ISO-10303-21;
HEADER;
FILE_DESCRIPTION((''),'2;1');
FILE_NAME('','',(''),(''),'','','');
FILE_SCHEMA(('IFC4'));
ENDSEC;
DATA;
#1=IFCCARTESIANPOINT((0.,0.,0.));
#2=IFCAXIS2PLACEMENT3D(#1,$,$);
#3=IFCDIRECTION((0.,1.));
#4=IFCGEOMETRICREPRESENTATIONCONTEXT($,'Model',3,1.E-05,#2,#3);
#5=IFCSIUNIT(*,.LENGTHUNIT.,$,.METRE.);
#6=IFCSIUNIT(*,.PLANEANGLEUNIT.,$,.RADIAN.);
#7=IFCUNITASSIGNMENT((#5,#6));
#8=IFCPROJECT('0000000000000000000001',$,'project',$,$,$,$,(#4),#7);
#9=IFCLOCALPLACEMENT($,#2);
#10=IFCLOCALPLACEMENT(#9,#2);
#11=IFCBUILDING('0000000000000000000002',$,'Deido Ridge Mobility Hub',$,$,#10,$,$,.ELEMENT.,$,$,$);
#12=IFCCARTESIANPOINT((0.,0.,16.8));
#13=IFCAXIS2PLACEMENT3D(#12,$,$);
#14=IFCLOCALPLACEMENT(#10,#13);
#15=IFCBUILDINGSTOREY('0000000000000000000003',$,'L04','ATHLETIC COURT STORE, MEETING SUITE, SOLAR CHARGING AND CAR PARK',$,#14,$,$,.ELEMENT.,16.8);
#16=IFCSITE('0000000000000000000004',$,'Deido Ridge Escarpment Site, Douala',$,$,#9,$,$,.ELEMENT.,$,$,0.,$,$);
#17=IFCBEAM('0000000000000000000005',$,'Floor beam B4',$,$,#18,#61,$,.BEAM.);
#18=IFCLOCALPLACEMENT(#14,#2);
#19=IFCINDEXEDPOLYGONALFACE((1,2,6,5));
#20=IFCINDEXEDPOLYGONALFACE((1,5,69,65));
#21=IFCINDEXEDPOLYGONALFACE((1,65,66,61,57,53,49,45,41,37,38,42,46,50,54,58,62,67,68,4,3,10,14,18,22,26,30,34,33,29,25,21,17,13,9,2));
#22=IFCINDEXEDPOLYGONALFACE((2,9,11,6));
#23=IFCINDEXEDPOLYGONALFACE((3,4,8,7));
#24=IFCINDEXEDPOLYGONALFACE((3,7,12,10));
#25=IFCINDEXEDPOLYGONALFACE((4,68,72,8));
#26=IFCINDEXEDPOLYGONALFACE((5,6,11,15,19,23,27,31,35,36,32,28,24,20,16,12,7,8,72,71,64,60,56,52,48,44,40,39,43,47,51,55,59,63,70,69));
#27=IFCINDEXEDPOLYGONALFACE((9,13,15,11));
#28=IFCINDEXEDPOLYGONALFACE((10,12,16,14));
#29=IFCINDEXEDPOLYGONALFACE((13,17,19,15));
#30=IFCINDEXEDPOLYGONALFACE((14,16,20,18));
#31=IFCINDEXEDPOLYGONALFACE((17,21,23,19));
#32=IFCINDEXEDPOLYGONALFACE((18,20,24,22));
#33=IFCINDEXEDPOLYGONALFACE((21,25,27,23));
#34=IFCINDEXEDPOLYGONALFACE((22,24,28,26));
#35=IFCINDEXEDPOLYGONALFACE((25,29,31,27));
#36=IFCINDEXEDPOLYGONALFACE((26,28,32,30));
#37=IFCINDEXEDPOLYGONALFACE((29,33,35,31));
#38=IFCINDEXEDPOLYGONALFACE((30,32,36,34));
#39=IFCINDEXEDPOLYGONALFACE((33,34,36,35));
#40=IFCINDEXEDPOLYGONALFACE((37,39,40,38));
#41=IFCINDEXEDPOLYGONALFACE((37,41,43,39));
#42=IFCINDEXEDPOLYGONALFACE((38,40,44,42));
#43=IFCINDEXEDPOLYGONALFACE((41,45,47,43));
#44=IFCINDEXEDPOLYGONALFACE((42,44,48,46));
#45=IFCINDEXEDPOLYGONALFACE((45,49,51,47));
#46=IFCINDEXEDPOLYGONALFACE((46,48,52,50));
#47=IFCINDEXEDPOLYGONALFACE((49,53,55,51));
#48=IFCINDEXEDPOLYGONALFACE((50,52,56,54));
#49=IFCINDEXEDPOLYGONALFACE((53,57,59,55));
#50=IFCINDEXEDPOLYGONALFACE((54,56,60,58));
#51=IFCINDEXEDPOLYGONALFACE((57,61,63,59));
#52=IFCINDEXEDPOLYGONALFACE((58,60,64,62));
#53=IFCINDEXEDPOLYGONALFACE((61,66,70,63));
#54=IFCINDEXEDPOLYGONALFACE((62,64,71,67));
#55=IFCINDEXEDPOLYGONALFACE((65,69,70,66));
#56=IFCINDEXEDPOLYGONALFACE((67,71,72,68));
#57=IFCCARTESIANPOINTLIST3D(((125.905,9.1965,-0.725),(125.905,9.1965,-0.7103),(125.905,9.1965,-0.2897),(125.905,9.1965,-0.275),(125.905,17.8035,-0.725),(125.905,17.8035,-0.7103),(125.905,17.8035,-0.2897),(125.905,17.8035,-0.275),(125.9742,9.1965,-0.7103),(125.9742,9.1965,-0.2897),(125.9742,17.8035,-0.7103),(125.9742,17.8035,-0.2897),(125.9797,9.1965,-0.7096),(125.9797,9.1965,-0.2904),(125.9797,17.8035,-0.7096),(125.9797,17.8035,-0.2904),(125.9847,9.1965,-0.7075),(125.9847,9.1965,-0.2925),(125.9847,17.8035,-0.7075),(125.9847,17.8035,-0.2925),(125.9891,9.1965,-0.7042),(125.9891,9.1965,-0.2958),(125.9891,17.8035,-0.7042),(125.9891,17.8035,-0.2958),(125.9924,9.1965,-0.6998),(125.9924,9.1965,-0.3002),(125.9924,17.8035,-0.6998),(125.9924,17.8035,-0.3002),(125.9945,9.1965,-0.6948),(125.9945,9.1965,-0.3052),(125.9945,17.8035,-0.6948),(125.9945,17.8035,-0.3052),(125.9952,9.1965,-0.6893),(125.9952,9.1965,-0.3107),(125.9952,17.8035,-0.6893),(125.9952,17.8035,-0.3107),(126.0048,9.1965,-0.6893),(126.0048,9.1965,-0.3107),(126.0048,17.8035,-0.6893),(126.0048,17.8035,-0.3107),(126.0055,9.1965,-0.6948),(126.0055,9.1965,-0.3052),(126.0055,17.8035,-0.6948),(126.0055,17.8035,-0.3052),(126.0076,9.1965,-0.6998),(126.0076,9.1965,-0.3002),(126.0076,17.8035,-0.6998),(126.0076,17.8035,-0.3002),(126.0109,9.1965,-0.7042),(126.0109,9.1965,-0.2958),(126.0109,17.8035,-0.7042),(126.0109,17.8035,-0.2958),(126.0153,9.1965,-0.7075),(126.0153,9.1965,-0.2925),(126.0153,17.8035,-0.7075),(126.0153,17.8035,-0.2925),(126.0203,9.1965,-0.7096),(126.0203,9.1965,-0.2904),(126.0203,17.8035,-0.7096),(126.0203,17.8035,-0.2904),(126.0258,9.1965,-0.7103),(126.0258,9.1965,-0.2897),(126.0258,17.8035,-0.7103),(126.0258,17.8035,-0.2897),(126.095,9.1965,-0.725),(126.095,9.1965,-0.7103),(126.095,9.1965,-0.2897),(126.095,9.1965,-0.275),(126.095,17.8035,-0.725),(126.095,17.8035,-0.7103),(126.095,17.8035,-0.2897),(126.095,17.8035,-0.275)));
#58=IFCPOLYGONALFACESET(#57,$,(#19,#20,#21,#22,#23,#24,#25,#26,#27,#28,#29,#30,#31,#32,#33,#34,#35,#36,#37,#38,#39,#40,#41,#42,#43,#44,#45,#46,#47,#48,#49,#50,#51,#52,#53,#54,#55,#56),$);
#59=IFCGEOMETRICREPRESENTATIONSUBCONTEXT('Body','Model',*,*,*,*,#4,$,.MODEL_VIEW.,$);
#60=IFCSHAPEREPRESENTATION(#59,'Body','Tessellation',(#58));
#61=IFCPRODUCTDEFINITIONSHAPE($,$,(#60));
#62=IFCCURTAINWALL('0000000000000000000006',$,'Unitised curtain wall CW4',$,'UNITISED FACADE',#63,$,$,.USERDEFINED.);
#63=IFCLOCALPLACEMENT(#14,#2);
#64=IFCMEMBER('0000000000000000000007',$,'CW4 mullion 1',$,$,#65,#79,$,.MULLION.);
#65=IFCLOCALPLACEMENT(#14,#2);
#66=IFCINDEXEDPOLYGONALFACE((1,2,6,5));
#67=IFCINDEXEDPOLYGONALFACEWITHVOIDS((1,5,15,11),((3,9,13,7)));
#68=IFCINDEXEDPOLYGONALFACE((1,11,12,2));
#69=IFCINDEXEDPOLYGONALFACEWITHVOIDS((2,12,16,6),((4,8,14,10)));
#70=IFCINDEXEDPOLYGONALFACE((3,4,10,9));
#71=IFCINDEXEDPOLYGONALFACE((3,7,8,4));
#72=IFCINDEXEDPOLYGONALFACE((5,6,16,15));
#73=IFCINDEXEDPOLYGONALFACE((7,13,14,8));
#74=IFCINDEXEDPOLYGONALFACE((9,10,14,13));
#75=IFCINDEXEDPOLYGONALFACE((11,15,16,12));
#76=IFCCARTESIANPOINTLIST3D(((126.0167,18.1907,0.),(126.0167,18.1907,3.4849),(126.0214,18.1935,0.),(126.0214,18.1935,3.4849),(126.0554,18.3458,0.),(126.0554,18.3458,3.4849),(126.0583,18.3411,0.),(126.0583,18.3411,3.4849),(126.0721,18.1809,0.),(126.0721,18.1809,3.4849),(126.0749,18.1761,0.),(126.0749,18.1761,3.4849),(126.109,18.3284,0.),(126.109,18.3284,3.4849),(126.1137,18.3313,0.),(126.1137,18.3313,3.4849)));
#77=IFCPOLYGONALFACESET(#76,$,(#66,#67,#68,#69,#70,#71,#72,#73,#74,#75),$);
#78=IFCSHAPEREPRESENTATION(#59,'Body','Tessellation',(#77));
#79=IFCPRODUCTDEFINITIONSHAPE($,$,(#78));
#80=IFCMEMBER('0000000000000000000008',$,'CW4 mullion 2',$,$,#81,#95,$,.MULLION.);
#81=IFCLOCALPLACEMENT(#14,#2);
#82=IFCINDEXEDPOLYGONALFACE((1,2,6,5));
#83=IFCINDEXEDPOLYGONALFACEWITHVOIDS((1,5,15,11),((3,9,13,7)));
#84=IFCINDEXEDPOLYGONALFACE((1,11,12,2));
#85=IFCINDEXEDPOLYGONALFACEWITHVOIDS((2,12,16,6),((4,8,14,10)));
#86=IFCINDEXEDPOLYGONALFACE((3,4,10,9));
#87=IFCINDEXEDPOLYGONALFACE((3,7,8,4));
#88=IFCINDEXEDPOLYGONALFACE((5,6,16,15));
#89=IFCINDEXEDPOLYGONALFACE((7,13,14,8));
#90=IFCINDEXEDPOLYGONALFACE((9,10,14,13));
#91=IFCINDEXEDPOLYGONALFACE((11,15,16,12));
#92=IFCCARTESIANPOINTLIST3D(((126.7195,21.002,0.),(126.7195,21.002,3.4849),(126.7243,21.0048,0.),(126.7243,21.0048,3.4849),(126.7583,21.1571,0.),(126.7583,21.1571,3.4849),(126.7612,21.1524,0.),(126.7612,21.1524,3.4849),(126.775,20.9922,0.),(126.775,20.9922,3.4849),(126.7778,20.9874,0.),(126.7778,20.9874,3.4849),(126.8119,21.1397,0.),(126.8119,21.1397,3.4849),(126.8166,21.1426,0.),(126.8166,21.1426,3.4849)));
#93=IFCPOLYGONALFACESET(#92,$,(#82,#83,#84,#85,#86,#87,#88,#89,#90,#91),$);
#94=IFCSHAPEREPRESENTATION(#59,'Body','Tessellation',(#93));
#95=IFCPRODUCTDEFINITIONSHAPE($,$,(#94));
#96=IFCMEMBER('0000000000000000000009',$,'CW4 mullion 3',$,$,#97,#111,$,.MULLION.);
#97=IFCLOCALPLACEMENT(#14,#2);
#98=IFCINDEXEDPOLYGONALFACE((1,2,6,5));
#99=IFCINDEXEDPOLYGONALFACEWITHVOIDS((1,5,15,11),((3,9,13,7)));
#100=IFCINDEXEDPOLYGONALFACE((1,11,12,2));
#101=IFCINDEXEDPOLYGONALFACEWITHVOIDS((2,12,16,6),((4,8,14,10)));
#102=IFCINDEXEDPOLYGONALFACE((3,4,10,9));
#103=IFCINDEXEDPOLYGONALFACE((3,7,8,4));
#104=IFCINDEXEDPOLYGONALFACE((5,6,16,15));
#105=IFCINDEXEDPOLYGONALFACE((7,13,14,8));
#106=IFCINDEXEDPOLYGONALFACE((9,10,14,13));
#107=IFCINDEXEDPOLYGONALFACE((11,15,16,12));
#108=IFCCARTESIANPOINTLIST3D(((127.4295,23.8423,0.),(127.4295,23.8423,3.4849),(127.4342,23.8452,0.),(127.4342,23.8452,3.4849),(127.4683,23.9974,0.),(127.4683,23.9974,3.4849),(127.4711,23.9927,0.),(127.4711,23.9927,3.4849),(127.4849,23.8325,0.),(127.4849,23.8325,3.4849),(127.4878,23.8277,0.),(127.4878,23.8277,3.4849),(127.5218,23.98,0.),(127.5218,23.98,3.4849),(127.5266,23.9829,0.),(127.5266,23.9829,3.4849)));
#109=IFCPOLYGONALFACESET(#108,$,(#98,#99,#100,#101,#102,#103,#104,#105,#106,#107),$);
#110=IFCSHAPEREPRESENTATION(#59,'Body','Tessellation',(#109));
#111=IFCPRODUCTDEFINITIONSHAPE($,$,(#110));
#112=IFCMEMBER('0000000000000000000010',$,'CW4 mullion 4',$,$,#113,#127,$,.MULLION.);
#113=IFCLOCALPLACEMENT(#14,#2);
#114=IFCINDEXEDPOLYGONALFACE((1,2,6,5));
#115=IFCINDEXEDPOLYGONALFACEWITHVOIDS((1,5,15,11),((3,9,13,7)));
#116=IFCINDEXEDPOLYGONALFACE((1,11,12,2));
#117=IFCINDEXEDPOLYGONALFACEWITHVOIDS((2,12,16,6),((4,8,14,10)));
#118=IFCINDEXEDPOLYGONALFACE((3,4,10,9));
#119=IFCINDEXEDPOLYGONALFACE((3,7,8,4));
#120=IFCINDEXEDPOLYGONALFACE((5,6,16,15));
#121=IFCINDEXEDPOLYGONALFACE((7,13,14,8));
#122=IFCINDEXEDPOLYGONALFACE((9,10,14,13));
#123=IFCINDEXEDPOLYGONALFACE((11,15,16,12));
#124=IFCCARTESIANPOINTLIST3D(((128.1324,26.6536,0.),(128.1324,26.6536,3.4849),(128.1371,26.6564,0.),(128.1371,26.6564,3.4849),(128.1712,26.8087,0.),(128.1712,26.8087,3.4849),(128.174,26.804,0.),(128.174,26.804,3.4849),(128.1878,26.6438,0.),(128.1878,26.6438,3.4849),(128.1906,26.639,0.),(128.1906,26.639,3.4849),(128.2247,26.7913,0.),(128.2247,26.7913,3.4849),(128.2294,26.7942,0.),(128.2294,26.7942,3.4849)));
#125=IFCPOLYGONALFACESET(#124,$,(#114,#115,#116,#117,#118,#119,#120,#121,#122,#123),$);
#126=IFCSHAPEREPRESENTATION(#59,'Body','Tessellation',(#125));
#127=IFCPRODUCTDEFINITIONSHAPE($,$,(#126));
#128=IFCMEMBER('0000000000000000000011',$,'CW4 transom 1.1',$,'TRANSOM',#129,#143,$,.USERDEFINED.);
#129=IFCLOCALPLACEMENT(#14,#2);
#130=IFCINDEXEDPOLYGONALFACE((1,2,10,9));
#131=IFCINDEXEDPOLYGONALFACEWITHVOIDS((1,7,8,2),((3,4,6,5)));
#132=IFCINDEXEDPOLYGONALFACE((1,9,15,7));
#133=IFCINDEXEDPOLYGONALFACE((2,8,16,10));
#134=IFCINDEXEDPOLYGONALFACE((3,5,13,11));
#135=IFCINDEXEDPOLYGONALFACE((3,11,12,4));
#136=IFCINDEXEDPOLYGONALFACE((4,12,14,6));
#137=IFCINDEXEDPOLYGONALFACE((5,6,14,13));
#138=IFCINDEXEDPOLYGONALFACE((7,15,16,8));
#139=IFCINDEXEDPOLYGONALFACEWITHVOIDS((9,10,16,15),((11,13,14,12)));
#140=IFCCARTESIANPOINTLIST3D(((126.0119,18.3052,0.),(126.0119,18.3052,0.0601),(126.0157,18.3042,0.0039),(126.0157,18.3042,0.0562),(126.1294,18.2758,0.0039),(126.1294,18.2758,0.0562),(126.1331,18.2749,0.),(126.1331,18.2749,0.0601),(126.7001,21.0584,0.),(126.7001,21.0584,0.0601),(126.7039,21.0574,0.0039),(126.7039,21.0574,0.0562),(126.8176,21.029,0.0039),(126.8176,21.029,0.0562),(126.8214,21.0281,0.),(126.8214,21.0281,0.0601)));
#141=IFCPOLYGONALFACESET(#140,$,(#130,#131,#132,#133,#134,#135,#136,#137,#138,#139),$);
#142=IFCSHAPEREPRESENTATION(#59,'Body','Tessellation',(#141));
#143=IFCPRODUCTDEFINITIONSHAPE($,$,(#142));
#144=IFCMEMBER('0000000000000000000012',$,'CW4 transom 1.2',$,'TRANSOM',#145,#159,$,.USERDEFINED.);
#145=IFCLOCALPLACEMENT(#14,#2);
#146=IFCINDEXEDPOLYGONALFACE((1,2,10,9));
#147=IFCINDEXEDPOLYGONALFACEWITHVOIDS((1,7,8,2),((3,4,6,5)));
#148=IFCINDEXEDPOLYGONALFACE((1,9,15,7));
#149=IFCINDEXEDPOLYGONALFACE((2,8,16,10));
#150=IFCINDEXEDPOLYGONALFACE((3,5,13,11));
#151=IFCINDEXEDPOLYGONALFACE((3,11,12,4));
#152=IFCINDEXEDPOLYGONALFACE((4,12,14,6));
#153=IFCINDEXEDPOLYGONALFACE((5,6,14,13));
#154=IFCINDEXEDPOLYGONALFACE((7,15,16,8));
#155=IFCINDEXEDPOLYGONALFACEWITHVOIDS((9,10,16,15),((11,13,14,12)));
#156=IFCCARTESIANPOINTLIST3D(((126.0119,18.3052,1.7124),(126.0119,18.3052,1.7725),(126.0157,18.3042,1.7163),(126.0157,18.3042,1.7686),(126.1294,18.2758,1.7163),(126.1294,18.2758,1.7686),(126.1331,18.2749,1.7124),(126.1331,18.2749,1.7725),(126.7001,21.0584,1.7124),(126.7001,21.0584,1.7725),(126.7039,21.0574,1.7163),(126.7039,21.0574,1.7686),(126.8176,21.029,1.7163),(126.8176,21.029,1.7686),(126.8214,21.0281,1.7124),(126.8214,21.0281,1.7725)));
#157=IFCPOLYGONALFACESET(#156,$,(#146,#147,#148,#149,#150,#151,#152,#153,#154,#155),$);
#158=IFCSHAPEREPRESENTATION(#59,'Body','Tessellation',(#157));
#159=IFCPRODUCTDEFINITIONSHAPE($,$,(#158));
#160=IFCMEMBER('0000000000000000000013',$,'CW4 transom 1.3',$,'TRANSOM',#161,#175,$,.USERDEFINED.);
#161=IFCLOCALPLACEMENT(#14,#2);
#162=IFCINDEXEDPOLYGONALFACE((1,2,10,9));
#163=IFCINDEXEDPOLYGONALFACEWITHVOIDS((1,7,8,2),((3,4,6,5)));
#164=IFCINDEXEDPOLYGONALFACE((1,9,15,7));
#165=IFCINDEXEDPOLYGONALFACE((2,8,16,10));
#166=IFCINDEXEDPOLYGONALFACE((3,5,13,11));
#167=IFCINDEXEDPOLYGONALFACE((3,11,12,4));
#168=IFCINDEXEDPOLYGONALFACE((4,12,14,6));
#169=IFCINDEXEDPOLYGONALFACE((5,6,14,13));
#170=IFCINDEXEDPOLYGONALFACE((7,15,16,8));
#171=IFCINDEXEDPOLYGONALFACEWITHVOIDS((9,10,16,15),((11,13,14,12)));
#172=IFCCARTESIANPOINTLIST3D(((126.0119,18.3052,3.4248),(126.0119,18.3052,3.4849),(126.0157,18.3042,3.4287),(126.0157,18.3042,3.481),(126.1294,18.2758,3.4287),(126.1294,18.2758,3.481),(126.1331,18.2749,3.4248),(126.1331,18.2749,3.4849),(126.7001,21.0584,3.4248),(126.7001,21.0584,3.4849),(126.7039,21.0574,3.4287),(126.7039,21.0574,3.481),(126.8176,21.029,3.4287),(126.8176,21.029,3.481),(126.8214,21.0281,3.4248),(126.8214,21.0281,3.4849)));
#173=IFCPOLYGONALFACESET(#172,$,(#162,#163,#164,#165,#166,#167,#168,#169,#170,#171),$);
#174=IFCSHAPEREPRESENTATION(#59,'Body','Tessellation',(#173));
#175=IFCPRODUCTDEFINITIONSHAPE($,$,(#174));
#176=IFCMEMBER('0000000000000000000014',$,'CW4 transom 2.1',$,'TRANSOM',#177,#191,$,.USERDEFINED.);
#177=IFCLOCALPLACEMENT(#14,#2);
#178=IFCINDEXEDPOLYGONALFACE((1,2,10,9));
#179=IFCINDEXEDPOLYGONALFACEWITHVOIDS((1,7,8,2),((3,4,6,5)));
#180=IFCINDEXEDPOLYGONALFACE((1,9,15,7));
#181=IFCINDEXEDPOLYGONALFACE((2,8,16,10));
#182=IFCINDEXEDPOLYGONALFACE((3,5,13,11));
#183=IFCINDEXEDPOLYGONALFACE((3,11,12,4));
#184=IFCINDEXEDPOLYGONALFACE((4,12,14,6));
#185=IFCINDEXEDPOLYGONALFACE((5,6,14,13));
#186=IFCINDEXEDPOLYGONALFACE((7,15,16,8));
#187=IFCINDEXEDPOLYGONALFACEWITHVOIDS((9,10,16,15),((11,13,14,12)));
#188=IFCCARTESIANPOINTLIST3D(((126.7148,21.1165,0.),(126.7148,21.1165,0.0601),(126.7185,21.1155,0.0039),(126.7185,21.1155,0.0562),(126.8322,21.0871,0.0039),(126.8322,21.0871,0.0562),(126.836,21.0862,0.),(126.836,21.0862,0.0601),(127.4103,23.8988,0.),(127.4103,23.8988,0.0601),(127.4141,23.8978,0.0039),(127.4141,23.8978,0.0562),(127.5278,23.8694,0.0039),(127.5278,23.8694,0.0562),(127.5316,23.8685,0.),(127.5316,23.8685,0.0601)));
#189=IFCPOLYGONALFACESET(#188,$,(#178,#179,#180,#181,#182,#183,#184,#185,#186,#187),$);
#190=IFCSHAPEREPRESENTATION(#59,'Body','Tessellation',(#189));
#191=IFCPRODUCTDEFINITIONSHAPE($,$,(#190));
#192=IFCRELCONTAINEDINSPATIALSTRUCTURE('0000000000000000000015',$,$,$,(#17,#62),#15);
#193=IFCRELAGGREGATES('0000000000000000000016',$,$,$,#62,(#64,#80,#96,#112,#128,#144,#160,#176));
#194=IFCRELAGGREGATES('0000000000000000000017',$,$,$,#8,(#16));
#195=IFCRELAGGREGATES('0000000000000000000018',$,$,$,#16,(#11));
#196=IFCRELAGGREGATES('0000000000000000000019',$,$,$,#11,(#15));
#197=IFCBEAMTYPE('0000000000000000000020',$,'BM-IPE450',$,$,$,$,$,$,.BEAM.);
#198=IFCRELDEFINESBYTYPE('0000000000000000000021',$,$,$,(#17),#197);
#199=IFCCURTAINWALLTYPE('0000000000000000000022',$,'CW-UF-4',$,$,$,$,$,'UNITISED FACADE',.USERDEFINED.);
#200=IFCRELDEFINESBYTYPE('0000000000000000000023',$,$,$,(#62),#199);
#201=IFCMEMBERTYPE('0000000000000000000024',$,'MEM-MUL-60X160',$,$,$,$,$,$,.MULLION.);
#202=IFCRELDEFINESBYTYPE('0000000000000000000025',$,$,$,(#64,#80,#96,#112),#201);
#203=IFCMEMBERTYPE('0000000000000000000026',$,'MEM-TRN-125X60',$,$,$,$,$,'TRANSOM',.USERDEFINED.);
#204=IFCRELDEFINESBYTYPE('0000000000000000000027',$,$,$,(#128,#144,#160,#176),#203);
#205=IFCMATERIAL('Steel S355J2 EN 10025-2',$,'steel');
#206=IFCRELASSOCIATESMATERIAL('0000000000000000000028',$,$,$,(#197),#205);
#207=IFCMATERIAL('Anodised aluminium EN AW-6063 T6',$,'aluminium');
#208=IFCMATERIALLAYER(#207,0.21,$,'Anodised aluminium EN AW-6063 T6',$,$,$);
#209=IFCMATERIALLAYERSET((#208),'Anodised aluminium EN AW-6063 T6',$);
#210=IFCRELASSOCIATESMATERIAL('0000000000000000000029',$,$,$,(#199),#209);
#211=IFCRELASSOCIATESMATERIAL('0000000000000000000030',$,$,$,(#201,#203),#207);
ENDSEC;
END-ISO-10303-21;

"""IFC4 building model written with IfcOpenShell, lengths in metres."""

from ifc_helpers import new_model, si_unit, direction, frame, origin, origin_2d, place, context, subcontext, project, spatial, hollow_rectangle, i_section, extrude, material, layer, layer_set, material_profile, profile_set, type_object, element, aggregate, save


model = new_model("IFC4")

# Units and contexts
model_context = context("Model", 3, precision=1e-05, world=origin(), true_north=direction((0.0, 1.0)))
body_context = subcontext(model_context, "Body", "Model", "MODEL_VIEW")
ifc_project = project(units=[si_unit("LENGTHUNIT", "METRE"), si_unit("PLANEANGLEUNIT", "RADIAN")], contexts=[model_context])

# Site, building, storey
site_placement = place(None, origin())
site = spatial("IfcSite", under=ifc_project, at=site_placement, Name="Deido Ridge Escarpment Site, Douala", CompositionType="ELEMENT", RefElevation=0.0)
building_placement = place(site_placement, origin())
building = spatial("IfcBuilding", under=site, at=building_placement, Name="Deido Ridge Mobility Hub", CompositionType="ELEMENT")
storey_placement = place(building_placement, frame((0.0, 0.0, 16.8)))
storey = spatial("IfcBuildingStorey", under=building, at=storey_placement, Name="L04", Description="ATHLETIC COURT STORE, MEETING SUITE, SOLAR CHARGING AND CAR PARK", CompositionType="ELEMENT", Elevation=16.8)

# Shared definitions
ifc_material_1 = material(Name="Steel S355J2 EN 10025-2", Category="steel")

# Beam
ifc_material_profile_1 = material_profile(ifc_material_1, i_section(OverallWidth=0.1899, OverallDepth=0.45, WebThickness=0.0095, FlangeThickness=0.0146, FilletRadius=0.021, at=origin_2d()), Name="IPE 450")
ifc_profile_set_1 = profile_set([ifc_material_profile_1], Name="Steel S355J2 EN 10025-2")
beam_type_1 = type_object("IfcBeamType", Name="BM-IPE450", PredefinedType="BEAM", material=ifc_profile_set_1)
beam_1_placement = place(storey_placement, frame((126.0, 9.1965, -0.5), z_axis=(0.0, 1.0, 0.0), x_axis=(-1.0, 0.0, 0.0)))
element("IfcBeam", 1, at=beam_1_placement, inside=storey, type_object=beam_type_1, Name="Floor beam B4", PredefinedType="BEAM", context=body_context, shape_type="SweptSolid", body=[
    extrude(i_section(OverallWidth=0.1899, OverallDepth=0.45, WebThickness=0.0095, FlangeThickness=0.0146, FilletRadius=0.021, at=origin_2d()), origin(), (0.0, 0.0, 1.0), 8.6069),
])

# Curtain wall, members
ifc_material_2 = material(Name="Anodised aluminium EN AW-6063 T6", Category="aluminium")
ifc_layer_1 = layer(ifc_material_2, 0.21, Name="Anodised aluminium EN AW-6063 T6")
ifc_layer_set_1 = layer_set([ifc_layer_1], Name="Anodised aluminium EN AW-6063 T6")
curtain_wall_type = type_object("IfcCurtainWallType", Name="CW-UF-4", ElementType="UNITISED FACADE", PredefinedType="USERDEFINED", material=ifc_layer_set_1)
curtain_wall_placement = place(storey_placement, origin())
curtain_wall = element("IfcCurtainWall", 2, at=curtain_wall_placement, inside=storey, type_object=curtain_wall_type, Name="Unitised curtain wall CW4", ObjectType="UNITISED FACADE", PredefinedType="USERDEFINED")
ifc_material_profile_2 = material_profile(ifc_material_2, hollow_rectangle(XDim=0.0601, YDim=0.1599, WallThickness=0.0039, at=origin_2d()), Name="RHS 60x160x4")
ifc_profile_set_2 = profile_set([ifc_material_profile_2], Name="Anodised aluminium EN AW-6063 T6")
member_type_1 = type_object("IfcMemberType", Name="MEM-MUL-60X160", PredefinedType="MULLION", material=ifc_profile_set_2)
member_1_placement = place(storey_placement, frame((126.0652, 18.261, 0.0), z_axis=(0.0, 0.0, 1.0), x_axis=(-0.970144, 0.24253, 0.0)))
member_1 = element("IfcMember", 3, at=member_1_placement, type_object=member_type_1, Name="CW4 mullion 1", PredefinedType="MULLION", context=body_context, shape_type="SweptSolid", body=[
    extrude(hollow_rectangle(XDim=0.0601, YDim=0.1599, WallThickness=0.0039, at=origin_2d()), origin(), (0.0, 0.0, 1.0), 3.4849),
])
member_2_placement = place(storey_placement, frame((126.7681, 21.0723, 0.0), z_axis=(0.0, 0.0, 1.0), x_axis=(-0.970144, 0.24253, 0.0)))
member_2 = element("IfcMember", 4, at=member_2_placement, type_object=member_type_1, Name="CW4 mullion 2", PredefinedType="MULLION", context=body_context, shape_type="SweptSolid", body=[
    extrude(hollow_rectangle(XDim=0.0601, YDim=0.1599, WallThickness=0.0039, at=origin_2d()), origin(), (0.0, 0.0, 1.0), 3.4849),
])
member_3_placement = place(storey_placement, frame((127.478, 23.9126, 0.0), z_axis=(0.0, 0.0, 1.0), x_axis=(-0.970144, 0.24253, 0.0)))
member_3 = element("IfcMember", 5, at=member_3_placement, type_object=member_type_1, Name="CW4 mullion 3", PredefinedType="MULLION", context=body_context, shape_type="SweptSolid", body=[
    extrude(hollow_rectangle(XDim=0.0601, YDim=0.1599, WallThickness=0.0039, at=origin_2d()), origin(), (0.0, 0.0, 1.0), 3.4849),
])
member_4_placement = place(storey_placement, frame((128.1809, 26.7239, 0.0), z_axis=(0.0, 0.0, 1.0), x_axis=(-0.970144, 0.24253, 0.0)))
member_4 = element("IfcMember", 6, at=member_4_placement, type_object=member_type_1, Name="CW4 mullion 4", PredefinedType="MULLION", context=body_context, shape_type="SweptSolid", body=[
    extrude(hollow_rectangle(XDim=0.0601, YDim=0.1599, WallThickness=0.0039, at=origin_2d()), origin(), (0.0, 0.0, 1.0), 3.4849),
])
ifc_material_profile_3 = material_profile(ifc_material_2, hollow_rectangle(XDim=0.125, YDim=0.0601, WallThickness=0.0039, at=origin_2d()), Name="RHS 125x60x4")
ifc_profile_set_3 = profile_set([ifc_material_profile_3], Name="Anodised aluminium EN AW-6063 T6")
member_type_2 = type_object("IfcMemberType", Name="MEM-TRN-125X60", ElementType="TRANSOM", PredefinedType="USERDEFINED", material=ifc_profile_set_3)
member_5_placement = place(storey_placement, frame((126.0725, 18.29, 0.03), z_axis=(0.242515, 0.970148, 0.0), x_axis=(-0.970148, 0.242515, 0.0)))
member_5 = element("IfcMember", 7, at=member_5_placement, type_object=member_type_2, Name="CW4 transom 1.1", ObjectType="TRANSOM", PredefinedType="USERDEFINED", context=body_context, shape_type="SweptSolid", body=[
    extrude(hollow_rectangle(XDim=0.125, YDim=0.0601, WallThickness=0.0039, at=origin_2d()), origin(), (0.0, 0.0, 1.0), 2.8379),
])
member_6_placement = place(storey_placement, frame((126.0725, 18.29, 1.7424), z_axis=(0.242515, 0.970148, 0.0), x_axis=(-0.970148, 0.242515, 0.0)))
member_6 = element("IfcMember", 8, at=member_6_placement, type_object=member_type_2, Name="CW4 transom 1.2", ObjectType="TRANSOM", PredefinedType="USERDEFINED", context=body_context, shape_type="SweptSolid", body=[
    extrude(hollow_rectangle(XDim=0.125, YDim=0.0601, WallThickness=0.0039, at=origin_2d()), origin(), (0.0, 0.0, 1.0), 2.8379),
])
member_7_placement = place(storey_placement, frame((126.0725, 18.29, 3.4548), z_axis=(0.242515, 0.970148, 0.0), x_axis=(-0.970148, 0.242515, 0.0)))
member_7 = element("IfcMember", 9, at=member_7_placement, type_object=member_type_2, Name="CW4 transom 1.3", ObjectType="TRANSOM", PredefinedType="USERDEFINED", context=body_context, shape_type="SweptSolid", body=[
    extrude(hollow_rectangle(XDim=0.125, YDim=0.0601, WallThickness=0.0039, at=origin_2d()), origin(), (0.0, 0.0, 1.0), 2.8379),
])
member_8_placement = place(storey_placement, frame((126.7754, 21.1013, 0.03), z_axis=(0.242536, 0.970143, 0.0), x_axis=(-0.970143, 0.242536, 0.0)))
member_8 = element("IfcMember", 10, at=member_8_placement, type_object=member_type_2, Name="CW4 transom 2.1", ObjectType="TRANSOM", PredefinedType="USERDEFINED", context=body_context, shape_type="SweptSolid", body=[
    extrude(hollow_rectangle(XDim=0.125, YDim=0.0601, WallThickness=0.0039, at=origin_2d()), origin(), (0.0, 0.0, 1.0), 2.8679),
])
aggregate(curtain_wall, [member_1, member_2, member_3, member_4, member_5, member_6, member_7, member_8])

save(model, "model.ifc")
